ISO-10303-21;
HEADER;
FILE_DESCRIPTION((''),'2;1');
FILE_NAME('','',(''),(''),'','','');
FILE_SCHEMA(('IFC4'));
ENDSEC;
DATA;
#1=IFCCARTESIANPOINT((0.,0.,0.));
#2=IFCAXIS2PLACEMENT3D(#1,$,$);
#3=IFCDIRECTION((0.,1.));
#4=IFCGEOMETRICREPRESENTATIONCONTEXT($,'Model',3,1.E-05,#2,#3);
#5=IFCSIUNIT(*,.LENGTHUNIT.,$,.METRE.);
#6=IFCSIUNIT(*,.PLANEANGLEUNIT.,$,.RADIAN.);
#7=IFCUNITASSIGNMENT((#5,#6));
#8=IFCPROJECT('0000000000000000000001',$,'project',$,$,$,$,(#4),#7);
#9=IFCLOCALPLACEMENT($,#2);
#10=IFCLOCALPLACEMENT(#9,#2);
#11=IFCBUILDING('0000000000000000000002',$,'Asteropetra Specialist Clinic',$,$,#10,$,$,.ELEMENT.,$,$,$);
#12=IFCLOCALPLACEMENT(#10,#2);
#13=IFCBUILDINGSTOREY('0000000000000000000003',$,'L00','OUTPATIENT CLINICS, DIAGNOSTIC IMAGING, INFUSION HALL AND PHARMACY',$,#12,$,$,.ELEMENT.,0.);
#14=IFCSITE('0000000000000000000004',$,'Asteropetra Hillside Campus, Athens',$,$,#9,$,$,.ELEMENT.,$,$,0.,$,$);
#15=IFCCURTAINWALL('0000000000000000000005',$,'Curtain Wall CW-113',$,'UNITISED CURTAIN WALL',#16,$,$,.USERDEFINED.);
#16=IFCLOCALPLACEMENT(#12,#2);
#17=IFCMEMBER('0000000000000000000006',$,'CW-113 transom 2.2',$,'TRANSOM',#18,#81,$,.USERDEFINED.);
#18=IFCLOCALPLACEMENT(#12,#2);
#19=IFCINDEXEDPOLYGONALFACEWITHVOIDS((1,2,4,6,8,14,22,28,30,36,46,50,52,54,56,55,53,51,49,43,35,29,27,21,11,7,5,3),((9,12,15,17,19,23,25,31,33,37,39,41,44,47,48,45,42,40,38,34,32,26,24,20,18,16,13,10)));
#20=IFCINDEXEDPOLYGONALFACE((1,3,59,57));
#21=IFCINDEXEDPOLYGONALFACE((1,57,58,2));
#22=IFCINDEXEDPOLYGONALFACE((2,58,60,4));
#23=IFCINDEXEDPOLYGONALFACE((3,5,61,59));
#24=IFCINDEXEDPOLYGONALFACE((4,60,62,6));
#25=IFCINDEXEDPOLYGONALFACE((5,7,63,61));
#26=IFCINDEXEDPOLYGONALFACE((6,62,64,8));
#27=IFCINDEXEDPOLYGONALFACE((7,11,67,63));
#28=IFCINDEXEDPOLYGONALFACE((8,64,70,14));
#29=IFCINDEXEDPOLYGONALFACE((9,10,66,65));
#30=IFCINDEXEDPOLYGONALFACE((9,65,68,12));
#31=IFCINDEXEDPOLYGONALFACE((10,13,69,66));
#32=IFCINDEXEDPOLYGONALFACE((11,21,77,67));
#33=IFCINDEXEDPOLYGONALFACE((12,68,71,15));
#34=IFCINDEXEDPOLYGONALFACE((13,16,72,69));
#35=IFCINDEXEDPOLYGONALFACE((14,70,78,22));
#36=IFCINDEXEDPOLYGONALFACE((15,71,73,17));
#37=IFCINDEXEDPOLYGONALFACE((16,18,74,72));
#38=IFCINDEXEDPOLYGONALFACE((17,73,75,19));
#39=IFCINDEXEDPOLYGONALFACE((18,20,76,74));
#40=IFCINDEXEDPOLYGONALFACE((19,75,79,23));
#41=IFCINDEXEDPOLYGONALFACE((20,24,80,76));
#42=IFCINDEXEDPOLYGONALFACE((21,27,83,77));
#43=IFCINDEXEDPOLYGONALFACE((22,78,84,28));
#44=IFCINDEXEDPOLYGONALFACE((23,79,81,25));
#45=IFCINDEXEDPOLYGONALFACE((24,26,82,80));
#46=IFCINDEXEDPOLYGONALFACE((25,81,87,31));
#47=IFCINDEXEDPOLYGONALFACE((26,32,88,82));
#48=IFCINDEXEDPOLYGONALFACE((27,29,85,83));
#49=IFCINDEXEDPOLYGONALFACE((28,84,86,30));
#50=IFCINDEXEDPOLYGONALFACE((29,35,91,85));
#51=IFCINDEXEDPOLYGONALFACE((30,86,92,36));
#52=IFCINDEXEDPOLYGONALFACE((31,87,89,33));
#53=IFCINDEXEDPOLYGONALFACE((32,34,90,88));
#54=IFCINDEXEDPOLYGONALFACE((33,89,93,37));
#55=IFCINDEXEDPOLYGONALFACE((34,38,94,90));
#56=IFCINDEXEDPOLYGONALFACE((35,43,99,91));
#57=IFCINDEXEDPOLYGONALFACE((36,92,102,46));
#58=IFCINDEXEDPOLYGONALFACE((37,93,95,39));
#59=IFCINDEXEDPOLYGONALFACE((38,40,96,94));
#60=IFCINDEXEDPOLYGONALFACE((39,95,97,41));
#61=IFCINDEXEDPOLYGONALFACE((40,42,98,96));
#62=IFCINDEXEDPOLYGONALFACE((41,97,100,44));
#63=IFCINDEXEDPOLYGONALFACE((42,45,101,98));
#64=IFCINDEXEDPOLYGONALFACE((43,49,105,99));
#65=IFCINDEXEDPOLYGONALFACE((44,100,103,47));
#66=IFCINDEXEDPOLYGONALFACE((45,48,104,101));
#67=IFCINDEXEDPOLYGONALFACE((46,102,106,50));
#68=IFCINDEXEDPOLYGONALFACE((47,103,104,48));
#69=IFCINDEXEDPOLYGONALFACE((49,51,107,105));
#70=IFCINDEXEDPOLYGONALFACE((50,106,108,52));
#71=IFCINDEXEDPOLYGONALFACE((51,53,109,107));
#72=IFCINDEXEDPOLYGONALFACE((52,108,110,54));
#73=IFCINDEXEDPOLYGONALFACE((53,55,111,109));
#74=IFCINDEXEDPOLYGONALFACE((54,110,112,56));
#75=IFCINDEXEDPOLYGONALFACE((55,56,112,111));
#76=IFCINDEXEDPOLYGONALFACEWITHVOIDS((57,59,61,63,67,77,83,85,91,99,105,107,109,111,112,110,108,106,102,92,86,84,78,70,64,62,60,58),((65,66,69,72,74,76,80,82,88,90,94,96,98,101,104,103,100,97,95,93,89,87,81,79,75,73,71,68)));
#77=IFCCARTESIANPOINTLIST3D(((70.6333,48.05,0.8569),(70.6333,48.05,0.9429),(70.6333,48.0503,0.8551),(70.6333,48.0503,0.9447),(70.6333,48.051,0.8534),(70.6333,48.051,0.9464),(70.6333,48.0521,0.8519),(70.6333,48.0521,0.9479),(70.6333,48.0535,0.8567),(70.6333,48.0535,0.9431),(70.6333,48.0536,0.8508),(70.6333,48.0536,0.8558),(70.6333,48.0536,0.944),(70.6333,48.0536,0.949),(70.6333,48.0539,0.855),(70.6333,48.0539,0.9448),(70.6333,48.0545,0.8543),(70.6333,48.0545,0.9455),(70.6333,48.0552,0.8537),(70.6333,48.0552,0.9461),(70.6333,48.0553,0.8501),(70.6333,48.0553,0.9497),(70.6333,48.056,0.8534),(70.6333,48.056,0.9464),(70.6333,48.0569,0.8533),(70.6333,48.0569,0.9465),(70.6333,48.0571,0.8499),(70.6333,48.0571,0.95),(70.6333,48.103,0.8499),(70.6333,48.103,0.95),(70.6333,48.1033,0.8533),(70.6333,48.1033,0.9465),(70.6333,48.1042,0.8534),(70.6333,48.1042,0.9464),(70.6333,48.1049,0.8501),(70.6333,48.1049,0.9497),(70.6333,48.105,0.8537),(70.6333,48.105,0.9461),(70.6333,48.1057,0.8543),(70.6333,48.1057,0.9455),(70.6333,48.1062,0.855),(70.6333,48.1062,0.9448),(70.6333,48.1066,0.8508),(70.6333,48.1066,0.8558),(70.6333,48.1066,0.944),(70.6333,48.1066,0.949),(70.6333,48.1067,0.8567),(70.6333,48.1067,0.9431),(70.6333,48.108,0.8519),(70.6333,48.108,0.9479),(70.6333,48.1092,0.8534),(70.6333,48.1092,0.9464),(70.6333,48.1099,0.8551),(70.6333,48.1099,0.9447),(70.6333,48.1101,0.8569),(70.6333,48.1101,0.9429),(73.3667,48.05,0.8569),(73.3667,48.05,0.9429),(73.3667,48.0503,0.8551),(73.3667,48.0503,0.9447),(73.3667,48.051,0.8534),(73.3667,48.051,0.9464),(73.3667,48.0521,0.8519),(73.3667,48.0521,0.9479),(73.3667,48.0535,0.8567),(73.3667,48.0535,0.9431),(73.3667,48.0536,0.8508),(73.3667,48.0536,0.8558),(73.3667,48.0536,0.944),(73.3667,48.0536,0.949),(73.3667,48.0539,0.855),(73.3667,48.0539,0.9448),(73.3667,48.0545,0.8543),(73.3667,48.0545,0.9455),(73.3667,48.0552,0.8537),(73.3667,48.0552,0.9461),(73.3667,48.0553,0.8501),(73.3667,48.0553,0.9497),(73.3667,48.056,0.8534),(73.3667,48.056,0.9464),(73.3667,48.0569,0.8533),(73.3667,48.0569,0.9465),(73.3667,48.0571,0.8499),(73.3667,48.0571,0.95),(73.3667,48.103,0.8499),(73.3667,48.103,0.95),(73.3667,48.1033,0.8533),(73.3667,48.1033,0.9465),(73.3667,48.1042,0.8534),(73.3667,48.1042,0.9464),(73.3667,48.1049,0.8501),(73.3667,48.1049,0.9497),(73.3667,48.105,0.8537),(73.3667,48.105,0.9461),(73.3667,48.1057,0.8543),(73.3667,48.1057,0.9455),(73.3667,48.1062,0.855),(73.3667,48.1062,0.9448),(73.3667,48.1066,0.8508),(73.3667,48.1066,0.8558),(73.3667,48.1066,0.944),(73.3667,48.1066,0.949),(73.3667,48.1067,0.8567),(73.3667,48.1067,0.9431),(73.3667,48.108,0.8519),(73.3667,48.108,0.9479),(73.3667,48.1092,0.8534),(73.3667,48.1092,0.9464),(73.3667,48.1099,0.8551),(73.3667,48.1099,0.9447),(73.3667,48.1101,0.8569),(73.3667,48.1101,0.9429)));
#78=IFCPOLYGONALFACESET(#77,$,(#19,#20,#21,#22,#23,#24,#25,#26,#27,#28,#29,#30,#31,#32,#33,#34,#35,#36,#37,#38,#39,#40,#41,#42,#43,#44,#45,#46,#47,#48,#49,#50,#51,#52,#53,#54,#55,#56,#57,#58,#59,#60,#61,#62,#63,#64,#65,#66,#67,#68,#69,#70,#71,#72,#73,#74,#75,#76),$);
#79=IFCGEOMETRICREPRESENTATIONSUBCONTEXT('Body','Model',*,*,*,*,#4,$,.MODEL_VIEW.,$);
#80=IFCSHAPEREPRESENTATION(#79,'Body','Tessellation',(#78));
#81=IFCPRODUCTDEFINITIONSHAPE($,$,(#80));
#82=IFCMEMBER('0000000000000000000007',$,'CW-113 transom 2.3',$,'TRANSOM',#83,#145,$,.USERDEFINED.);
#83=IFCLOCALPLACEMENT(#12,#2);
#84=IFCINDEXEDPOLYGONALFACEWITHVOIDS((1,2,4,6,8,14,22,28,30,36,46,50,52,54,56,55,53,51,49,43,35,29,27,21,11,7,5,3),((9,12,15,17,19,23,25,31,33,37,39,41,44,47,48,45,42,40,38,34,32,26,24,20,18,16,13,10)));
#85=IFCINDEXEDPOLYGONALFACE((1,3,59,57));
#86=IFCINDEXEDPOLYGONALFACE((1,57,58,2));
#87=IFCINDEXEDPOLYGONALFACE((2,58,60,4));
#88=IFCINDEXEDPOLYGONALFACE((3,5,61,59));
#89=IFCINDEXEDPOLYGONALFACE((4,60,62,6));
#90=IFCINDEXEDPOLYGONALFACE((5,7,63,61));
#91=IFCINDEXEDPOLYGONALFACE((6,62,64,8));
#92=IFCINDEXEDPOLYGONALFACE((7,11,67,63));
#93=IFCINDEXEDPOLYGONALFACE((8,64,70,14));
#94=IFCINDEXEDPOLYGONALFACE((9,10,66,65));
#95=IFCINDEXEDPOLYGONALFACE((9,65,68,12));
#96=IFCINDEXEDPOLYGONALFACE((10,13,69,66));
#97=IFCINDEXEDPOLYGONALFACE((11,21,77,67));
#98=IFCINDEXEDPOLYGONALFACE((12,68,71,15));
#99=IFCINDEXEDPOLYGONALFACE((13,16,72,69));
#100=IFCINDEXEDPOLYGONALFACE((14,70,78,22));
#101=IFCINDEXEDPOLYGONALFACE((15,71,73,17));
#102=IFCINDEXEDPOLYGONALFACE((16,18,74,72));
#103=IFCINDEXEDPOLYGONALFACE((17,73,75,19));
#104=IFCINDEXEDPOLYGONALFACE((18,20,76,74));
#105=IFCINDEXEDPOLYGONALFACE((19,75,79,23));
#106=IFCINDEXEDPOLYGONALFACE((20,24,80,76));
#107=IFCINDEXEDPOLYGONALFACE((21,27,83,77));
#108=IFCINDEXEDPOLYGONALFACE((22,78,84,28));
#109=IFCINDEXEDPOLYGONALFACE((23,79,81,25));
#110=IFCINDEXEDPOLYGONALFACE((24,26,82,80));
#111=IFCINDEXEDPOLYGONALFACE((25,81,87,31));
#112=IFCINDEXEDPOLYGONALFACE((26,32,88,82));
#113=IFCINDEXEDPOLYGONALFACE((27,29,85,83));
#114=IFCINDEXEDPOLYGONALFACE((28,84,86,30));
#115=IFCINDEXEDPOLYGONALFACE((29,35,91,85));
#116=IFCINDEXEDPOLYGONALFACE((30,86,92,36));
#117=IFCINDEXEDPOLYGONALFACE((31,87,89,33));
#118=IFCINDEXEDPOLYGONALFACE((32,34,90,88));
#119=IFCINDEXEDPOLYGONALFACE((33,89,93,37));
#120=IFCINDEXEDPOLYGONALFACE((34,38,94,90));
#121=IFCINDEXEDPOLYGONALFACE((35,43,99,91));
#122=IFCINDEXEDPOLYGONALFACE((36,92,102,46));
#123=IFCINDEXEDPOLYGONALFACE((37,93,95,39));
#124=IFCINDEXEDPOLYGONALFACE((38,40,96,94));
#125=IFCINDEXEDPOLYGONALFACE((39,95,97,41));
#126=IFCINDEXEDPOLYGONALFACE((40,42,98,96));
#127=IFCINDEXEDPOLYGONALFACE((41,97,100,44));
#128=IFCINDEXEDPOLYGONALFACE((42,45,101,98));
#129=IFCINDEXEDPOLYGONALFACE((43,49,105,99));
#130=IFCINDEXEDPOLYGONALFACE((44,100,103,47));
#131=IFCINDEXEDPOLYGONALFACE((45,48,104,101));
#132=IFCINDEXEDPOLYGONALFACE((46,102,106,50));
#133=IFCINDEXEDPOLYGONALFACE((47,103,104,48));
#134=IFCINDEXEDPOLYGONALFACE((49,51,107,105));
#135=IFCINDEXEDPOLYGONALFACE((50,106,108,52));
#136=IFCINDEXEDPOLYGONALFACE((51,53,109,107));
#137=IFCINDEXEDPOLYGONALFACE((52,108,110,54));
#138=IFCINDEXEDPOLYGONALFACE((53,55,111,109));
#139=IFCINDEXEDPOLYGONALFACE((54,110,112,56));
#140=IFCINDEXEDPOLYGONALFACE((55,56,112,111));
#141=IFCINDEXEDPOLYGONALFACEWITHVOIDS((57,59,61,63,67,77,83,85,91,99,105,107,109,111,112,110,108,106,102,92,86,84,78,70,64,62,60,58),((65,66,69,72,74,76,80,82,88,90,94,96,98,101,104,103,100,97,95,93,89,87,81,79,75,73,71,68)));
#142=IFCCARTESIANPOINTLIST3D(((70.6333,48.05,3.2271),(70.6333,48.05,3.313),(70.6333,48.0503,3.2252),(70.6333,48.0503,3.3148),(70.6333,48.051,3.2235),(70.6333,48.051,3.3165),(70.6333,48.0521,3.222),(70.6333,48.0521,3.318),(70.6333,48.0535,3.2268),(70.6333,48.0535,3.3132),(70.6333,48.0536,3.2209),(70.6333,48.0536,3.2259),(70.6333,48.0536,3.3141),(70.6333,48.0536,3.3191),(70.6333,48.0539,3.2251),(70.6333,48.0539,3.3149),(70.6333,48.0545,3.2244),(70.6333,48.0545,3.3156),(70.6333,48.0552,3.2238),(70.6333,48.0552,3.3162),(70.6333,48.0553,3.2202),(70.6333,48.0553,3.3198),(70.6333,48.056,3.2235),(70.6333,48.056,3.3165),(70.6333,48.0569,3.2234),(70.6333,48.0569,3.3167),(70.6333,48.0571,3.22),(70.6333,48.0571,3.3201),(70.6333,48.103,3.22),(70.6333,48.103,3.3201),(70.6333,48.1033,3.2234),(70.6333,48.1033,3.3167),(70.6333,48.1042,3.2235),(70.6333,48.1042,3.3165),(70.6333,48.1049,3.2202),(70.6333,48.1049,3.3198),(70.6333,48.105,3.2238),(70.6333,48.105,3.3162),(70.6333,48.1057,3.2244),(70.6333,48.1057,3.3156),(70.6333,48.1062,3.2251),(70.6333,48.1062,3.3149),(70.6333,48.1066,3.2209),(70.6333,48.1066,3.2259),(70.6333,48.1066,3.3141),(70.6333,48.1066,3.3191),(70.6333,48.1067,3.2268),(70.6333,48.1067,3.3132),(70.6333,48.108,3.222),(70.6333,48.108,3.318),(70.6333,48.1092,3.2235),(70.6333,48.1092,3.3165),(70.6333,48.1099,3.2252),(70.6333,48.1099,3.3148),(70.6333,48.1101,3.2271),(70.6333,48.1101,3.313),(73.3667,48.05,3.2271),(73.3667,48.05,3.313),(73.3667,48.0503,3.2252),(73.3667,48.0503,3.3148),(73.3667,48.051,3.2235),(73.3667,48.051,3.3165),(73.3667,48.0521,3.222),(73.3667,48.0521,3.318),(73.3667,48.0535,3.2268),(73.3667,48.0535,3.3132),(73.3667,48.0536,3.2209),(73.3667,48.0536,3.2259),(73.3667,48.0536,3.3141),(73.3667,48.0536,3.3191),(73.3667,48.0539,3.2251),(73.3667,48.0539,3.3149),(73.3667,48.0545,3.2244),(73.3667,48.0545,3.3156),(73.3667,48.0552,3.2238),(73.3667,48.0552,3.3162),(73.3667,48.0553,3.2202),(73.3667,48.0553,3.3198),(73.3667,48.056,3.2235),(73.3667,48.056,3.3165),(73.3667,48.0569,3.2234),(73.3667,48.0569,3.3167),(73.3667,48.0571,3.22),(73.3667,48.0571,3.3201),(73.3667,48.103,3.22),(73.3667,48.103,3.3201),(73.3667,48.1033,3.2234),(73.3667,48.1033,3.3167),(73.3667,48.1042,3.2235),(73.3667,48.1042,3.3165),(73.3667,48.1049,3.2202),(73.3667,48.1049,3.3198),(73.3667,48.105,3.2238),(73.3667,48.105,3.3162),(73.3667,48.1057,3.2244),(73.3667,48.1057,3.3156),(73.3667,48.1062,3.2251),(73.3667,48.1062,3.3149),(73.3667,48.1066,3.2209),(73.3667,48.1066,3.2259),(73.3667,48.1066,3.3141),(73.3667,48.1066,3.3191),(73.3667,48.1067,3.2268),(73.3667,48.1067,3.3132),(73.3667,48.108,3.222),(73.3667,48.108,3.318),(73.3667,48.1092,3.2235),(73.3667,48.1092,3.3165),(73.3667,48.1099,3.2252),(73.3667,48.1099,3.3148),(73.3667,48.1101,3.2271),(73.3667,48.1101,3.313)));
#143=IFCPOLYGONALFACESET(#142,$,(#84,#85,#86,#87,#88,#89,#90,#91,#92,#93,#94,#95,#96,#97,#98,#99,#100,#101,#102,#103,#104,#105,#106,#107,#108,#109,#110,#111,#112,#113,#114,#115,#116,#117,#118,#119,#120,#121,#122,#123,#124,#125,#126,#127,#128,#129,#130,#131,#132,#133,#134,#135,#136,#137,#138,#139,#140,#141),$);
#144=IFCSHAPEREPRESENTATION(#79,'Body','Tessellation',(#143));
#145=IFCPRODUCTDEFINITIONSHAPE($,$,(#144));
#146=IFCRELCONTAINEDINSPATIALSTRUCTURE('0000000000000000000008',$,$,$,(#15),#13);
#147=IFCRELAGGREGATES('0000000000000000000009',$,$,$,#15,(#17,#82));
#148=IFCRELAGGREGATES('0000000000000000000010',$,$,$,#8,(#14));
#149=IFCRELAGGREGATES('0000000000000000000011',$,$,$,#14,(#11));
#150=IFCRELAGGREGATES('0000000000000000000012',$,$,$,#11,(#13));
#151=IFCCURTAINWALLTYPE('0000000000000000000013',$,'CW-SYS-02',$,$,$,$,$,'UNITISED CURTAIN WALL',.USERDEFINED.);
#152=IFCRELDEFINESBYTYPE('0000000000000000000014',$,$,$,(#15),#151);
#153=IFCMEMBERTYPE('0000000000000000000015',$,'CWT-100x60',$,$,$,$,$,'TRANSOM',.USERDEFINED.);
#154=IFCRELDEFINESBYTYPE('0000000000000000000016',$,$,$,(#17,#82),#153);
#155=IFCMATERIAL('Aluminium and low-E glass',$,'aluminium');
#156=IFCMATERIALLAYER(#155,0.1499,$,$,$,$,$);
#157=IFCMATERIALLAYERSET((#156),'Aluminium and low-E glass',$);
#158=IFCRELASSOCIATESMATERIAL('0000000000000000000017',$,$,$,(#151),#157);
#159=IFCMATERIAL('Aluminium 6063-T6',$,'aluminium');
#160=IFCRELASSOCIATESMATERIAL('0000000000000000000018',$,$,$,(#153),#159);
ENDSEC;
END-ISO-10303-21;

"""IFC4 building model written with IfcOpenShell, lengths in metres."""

from ifc_helpers import new_model, si_unit, direction, frame, origin, origin_2d, place, context, subcontext, project, spatial, hollow_rectangle, extrude, material, layer, layer_set, material_profile, profile_set, type_object, element, aggregate, save


model = new_model("IFC4")

# Units and contexts
model_context = context("Model", 3, precision=1e-05, world=origin(), true_north=direction((0.0, 1.0)))
body_context = subcontext(model_context, "Body", "Model", "MODEL_VIEW")
ifc_project = project(units=[si_unit("LENGTHUNIT", "METRE"), si_unit("PLANEANGLEUNIT", "RADIAN")], contexts=[model_context])

# Site, building, storey
site_placement = place(None, origin())
site = spatial("IfcSite", under=ifc_project, at=site_placement, Name="Asteropetra Hillside Campus, Athens", CompositionType="ELEMENT", RefElevation=0.0)
building_placement = place(site_placement, origin())
building = spatial("IfcBuilding", under=site, at=building_placement, Name="Asteropetra Specialist Clinic", CompositionType="ELEMENT")
storey_placement = place(building_placement, origin())
storey = spatial("IfcBuildingStorey", under=building, at=storey_placement, Name="L00", Description="OUTPATIENT CLINICS, DIAGNOSTIC IMAGING, INFUSION HALL AND PHARMACY", CompositionType="ELEMENT", Elevation=0.0)

# Curtain wall, members
ifc_material_1 = material(Name="Aluminium and low-E glass", Category="aluminium")
ifc_layer_1 = layer(ifc_material_1, 0.1499)
ifc_layer_set_1 = layer_set([ifc_layer_1], Name="Aluminium and low-E glass")
curtain_wall_type = type_object("IfcCurtainWallType", Name="CW-SYS-02", ElementType="UNITISED CURTAIN WALL", PredefinedType="USERDEFINED", material=ifc_layer_set_1)
curtain_wall_placement = place(storey_placement, origin())
curtain_wall = element("IfcCurtainWall", 1, at=curtain_wall_placement, inside=storey, type_object=curtain_wall_type, Name="Curtain Wall CW-113", ObjectType="UNITISED CURTAIN WALL", PredefinedType="USERDEFINED")
ifc_material_2 = material(Name="Aluminium 6063-T6", Category="aluminium")
ifc_material_profile_1 = material_profile(ifc_material_2, hollow_rectangle(XDim=0.0601, YDim=0.1001, WallThickness=0.0034, InnerFilletRadius=0.0034, OuterFilletRadius=0.0071, at=origin_2d()), Name="TRN 100x60x3.5")
ifc_profile_set_1 = profile_set([ifc_material_profile_1], Name="Aluminium 6063-T6")
member_type_1 = type_object("IfcMemberType", Name="CWT-100x60", ElementType="TRANSOM", PredefinedType="USERDEFINED", material=ifc_profile_set_1)
member_1_placement = place(storey_placement, frame((70.6333, 48.0801, 0.8999), z_axis=(1.0, 0.0, 0.0), x_axis=(0.0, 1.0, 0.0)))
member_1 = element("IfcMember", 2, at=member_1_placement, type_object=member_type_1, Name="CW-113 transom 2.2", ObjectType="TRANSOM", PredefinedType="USERDEFINED", context=body_context, shape_type="SweptSolid", body=[
    extrude(hollow_rectangle(XDim=0.0601, YDim=0.1001, WallThickness=0.0034, InnerFilletRadius=0.0034, OuterFilletRadius=0.0071, at=origin_2d()), origin(), (0.0, 0.0, 1.0), 2.7334),
])
member_2_placement = place(storey_placement, frame((70.6333, 48.0801, 3.27), z_axis=(1.0, 0.0, 0.0), x_axis=(0.0, 1.0, 0.0)))
member_2 = element("IfcMember", 3, at=member_2_placement, type_object=member_type_1, Name="CW-113 transom 2.3", ObjectType="TRANSOM", PredefinedType="USERDEFINED", context=body_context, shape_type="SweptSolid", body=[
    extrude(hollow_rectangle(XDim=0.0601, YDim=0.1001, WallThickness=0.0034, InnerFilletRadius=0.0034, OuterFilletRadius=0.0071, at=origin_2d()), origin(), (0.0, 0.0, 1.0), 2.7334),
])

aggregate(curtain_wall, [member_1, member_2])

save(model, "model.ifc")
